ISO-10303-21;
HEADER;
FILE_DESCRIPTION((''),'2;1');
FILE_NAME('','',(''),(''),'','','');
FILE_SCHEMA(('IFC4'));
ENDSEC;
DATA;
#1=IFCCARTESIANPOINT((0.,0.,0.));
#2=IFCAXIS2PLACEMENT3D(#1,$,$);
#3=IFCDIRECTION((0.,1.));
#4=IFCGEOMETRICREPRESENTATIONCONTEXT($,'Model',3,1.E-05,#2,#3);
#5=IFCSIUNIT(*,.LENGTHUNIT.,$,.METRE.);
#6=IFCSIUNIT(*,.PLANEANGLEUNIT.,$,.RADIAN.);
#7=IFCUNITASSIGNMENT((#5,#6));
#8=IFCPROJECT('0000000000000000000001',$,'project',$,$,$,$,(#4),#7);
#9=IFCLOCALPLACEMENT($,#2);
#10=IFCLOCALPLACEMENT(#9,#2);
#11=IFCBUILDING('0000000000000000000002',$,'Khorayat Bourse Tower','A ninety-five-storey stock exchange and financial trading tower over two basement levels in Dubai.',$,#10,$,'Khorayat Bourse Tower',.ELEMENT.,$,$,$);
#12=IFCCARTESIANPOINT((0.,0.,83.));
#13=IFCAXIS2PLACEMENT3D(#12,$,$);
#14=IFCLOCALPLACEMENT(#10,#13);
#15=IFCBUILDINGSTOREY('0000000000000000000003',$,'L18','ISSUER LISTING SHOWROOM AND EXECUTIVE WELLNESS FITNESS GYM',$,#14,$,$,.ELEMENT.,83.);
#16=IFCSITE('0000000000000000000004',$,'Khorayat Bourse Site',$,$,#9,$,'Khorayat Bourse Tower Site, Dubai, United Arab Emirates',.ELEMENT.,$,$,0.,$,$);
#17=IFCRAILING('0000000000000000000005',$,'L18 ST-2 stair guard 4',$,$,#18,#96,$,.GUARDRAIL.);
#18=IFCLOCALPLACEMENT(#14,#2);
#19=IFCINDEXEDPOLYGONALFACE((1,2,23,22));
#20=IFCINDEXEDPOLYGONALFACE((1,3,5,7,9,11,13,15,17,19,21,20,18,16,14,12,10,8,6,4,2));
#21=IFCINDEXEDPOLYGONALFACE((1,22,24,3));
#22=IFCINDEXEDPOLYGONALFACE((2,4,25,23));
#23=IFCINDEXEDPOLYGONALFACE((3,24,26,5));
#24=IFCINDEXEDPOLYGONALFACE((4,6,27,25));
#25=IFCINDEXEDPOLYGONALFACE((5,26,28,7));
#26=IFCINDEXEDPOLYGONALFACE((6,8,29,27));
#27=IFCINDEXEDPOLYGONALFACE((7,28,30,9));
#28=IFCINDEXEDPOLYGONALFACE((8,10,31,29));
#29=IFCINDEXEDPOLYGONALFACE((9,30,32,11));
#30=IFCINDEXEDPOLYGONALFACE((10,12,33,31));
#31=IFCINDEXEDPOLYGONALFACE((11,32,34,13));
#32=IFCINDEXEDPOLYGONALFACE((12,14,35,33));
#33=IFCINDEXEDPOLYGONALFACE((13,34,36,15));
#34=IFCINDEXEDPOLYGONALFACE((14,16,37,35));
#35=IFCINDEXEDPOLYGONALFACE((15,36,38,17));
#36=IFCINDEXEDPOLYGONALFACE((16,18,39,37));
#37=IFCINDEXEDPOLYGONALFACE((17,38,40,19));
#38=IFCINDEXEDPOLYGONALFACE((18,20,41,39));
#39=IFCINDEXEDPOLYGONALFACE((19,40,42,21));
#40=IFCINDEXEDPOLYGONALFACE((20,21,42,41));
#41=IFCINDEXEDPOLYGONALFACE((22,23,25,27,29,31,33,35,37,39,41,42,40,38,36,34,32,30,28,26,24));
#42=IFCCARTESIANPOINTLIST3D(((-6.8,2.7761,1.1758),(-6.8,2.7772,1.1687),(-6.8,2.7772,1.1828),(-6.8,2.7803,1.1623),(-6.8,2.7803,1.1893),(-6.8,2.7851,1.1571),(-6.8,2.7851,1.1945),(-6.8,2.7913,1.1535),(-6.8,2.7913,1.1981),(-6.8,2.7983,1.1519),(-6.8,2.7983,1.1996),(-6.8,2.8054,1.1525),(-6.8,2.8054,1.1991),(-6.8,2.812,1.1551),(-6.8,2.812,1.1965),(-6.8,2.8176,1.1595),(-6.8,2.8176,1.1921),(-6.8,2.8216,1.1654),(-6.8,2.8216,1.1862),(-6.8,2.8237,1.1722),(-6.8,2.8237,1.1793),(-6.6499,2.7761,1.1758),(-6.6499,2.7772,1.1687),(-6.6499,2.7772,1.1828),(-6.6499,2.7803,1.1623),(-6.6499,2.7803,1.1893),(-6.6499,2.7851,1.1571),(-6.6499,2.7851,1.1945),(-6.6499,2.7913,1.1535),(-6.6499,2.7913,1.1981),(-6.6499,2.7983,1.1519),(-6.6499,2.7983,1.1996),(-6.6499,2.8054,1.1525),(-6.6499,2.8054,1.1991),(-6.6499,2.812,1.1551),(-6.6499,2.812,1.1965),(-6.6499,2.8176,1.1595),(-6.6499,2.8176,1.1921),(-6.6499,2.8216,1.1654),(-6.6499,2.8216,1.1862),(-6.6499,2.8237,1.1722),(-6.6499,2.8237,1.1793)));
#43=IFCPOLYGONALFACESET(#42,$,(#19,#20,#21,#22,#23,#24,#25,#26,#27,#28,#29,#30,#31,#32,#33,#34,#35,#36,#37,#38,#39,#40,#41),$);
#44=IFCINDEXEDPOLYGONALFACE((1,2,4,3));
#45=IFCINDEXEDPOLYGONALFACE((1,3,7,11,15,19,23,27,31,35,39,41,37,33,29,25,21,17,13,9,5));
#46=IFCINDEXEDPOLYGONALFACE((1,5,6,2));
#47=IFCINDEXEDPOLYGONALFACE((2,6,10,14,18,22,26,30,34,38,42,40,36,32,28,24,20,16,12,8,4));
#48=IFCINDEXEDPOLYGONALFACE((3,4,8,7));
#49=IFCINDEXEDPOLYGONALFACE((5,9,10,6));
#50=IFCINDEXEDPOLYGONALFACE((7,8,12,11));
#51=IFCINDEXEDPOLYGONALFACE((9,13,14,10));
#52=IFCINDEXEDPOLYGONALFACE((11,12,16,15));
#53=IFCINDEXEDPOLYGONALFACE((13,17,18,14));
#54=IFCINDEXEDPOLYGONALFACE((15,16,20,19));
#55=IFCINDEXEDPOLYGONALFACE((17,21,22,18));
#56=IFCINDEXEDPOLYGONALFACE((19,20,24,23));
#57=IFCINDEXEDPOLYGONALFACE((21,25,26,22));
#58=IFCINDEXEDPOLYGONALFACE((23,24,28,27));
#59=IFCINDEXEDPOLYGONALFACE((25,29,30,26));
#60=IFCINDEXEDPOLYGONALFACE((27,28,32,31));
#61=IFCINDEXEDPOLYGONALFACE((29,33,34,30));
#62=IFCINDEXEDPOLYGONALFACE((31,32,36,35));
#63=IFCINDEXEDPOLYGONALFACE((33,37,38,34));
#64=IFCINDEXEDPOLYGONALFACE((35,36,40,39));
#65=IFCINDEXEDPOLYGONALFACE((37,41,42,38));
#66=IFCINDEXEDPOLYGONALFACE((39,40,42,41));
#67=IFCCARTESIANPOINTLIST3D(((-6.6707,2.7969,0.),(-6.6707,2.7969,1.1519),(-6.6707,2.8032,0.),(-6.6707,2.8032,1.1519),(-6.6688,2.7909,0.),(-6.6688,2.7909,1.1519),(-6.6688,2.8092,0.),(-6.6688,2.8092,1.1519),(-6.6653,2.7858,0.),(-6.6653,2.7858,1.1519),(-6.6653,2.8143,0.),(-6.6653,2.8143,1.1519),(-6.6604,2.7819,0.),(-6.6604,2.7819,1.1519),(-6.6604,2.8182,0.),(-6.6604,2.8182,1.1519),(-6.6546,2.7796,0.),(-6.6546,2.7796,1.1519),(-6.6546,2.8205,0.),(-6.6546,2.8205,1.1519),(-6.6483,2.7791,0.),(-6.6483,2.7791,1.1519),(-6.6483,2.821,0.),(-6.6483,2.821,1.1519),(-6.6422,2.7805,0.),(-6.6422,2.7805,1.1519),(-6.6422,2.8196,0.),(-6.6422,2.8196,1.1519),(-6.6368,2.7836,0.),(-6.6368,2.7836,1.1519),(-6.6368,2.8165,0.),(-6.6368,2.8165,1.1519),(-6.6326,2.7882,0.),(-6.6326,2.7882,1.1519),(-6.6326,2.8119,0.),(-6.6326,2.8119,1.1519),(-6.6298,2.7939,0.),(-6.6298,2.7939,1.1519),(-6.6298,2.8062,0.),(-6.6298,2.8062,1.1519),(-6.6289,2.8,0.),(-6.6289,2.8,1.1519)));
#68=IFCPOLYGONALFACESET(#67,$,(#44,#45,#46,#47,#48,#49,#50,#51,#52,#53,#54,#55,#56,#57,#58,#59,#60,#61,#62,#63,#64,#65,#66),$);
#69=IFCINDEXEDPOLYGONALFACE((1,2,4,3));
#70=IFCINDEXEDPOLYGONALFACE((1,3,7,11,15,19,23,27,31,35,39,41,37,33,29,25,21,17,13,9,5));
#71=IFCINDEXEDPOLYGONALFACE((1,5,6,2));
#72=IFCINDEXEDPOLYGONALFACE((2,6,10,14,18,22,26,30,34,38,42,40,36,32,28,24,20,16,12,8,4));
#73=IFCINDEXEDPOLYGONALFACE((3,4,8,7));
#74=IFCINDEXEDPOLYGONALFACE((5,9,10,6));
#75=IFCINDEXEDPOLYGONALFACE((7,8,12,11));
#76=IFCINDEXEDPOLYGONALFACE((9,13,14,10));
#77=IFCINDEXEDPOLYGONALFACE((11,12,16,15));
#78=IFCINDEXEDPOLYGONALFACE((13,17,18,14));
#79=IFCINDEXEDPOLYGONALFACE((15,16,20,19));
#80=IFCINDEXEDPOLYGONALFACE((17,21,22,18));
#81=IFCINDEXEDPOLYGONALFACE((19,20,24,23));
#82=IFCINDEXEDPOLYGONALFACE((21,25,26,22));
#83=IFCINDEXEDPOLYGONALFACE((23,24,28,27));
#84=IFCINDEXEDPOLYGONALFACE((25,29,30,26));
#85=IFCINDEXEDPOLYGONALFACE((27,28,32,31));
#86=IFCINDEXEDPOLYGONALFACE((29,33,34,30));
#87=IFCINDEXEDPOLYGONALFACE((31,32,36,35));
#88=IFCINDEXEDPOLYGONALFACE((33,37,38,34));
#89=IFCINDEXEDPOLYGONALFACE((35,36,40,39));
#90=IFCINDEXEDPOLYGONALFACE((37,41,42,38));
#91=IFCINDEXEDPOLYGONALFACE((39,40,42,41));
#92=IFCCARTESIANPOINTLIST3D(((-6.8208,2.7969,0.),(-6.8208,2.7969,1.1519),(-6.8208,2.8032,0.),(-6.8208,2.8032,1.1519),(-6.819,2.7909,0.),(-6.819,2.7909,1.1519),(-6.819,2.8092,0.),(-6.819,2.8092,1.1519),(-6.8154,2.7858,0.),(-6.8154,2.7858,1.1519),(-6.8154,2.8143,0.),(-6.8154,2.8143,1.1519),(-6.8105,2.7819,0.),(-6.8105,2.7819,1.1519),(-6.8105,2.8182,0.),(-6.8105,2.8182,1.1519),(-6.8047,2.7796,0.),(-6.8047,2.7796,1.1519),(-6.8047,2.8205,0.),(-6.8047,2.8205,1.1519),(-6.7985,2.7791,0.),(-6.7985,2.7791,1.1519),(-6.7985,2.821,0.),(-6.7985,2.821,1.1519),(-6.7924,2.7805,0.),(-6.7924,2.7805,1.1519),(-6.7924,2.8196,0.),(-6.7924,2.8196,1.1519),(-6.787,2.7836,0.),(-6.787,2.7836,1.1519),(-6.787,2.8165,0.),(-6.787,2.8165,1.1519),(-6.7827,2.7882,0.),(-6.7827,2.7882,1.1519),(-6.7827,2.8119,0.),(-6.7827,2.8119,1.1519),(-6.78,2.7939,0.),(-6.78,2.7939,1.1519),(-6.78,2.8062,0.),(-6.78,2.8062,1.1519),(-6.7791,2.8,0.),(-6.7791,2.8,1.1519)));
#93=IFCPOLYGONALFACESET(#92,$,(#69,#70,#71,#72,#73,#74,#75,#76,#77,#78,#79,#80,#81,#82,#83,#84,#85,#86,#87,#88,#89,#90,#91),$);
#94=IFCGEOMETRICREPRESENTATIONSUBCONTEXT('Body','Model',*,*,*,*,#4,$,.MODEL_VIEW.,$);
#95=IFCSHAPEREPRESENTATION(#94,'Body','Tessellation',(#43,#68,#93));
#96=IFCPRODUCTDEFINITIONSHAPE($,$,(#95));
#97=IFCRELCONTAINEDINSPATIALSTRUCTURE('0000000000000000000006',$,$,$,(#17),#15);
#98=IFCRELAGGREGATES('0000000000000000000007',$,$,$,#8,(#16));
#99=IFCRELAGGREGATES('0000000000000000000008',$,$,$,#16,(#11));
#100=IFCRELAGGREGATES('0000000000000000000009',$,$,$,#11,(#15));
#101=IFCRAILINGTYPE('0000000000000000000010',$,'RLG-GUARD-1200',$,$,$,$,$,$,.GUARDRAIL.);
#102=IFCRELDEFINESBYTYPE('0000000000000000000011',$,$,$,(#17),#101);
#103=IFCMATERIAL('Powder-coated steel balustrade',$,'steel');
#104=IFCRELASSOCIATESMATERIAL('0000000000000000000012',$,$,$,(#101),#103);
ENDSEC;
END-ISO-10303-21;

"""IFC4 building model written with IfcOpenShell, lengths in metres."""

from ifc_helpers import new_model, si_unit, direction, frame, origin, origin_2d, place, context, subcontext, project, spatial, circle, extrude, source, transform, mapped, material, type_object, element, save


model = new_model("IFC4")

# Units and contexts
model_context = context("Model", 3, precision=1e-05, world=origin(), true_north=direction((0.0, 1.0)))
body_context = subcontext(model_context, "Body", "Model", "MODEL_VIEW")
ifc_project = project(units=[si_unit("LENGTHUNIT", "METRE"), si_unit("PLANEANGLEUNIT", "RADIAN")], contexts=[model_context])

# Site, building, storey
site_placement = place(None, origin())
site = spatial("IfcSite", under=ifc_project, at=site_placement, Name="Khorayat Bourse Site", LongName="Khorayat Bourse Tower Site, Dubai, United Arab Emirates", CompositionType="ELEMENT", RefElevation=0.0)
building_placement = place(site_placement, origin())
building = spatial("IfcBuilding", under=site, at=building_placement, Name="Khorayat Bourse Tower", Description="A ninety-five-storey stock exchange and financial trading tower over two basement levels in Dubai.", LongName="Khorayat Bourse Tower", CompositionType="ELEMENT")
storey_placement = place(building_placement, frame((0.0, 0.0, 83.0)))
storey = spatial("IfcBuildingStorey", under=building, at=storey_placement, Name="L18", Description="ISSUER LISTING SHOWROOM AND EXECUTIVE WELLNESS FITNESS GYM", CompositionType="ELEMENT", Elevation=83.0)

# Railing
ifc_material_1 = material(Name="Powder-coated steel balustrade", Category="steel")
railing_type_1 = type_object("IfcRailingType", Name="RLG-GUARD-1200", PredefinedType="GUARDRAIL", material=ifc_material_1)
shared_shape_1 = source(origin(), body_context, "Body", "SweptSolid", [
    extrude(circle(Radius=0.0239, at=origin_2d()), frame((0.0, 0.0, 1.1758), z_axis=(-1.0, 0.0, 0.0), x_axis=(0.0, -1.0, 0.0)), (0.0, 0.0, 1.0), 0.1501),
    extrude(circle(Radius=0.021, at=origin_2d()), origin(), (0.0, 0.0, 1.0), 1.1519),
    extrude(circle(Radius=0.021, at=origin_2d()), frame((-0.1501, 0.0, 0.0)), (0.0, 0.0, 1.0), 1.1519),
])
for number, where, name in (
    (1, (-6.6499, 2.8, 0.0), "L18 ST-2 stair guard 4"),
):
    element("IfcRailing", number, at=place(storey_placement, frame(where)), inside=storey, type_object=railing_type_1, Name=name, PredefinedType="GUARDRAIL", context=body_context, shape_type="MappedRepresentation", body=[
        mapped(shared_shape_1, transform((0.0, 0.0, 0.0), scale=1.0)),
    ])

save(model, "model.ifc")
